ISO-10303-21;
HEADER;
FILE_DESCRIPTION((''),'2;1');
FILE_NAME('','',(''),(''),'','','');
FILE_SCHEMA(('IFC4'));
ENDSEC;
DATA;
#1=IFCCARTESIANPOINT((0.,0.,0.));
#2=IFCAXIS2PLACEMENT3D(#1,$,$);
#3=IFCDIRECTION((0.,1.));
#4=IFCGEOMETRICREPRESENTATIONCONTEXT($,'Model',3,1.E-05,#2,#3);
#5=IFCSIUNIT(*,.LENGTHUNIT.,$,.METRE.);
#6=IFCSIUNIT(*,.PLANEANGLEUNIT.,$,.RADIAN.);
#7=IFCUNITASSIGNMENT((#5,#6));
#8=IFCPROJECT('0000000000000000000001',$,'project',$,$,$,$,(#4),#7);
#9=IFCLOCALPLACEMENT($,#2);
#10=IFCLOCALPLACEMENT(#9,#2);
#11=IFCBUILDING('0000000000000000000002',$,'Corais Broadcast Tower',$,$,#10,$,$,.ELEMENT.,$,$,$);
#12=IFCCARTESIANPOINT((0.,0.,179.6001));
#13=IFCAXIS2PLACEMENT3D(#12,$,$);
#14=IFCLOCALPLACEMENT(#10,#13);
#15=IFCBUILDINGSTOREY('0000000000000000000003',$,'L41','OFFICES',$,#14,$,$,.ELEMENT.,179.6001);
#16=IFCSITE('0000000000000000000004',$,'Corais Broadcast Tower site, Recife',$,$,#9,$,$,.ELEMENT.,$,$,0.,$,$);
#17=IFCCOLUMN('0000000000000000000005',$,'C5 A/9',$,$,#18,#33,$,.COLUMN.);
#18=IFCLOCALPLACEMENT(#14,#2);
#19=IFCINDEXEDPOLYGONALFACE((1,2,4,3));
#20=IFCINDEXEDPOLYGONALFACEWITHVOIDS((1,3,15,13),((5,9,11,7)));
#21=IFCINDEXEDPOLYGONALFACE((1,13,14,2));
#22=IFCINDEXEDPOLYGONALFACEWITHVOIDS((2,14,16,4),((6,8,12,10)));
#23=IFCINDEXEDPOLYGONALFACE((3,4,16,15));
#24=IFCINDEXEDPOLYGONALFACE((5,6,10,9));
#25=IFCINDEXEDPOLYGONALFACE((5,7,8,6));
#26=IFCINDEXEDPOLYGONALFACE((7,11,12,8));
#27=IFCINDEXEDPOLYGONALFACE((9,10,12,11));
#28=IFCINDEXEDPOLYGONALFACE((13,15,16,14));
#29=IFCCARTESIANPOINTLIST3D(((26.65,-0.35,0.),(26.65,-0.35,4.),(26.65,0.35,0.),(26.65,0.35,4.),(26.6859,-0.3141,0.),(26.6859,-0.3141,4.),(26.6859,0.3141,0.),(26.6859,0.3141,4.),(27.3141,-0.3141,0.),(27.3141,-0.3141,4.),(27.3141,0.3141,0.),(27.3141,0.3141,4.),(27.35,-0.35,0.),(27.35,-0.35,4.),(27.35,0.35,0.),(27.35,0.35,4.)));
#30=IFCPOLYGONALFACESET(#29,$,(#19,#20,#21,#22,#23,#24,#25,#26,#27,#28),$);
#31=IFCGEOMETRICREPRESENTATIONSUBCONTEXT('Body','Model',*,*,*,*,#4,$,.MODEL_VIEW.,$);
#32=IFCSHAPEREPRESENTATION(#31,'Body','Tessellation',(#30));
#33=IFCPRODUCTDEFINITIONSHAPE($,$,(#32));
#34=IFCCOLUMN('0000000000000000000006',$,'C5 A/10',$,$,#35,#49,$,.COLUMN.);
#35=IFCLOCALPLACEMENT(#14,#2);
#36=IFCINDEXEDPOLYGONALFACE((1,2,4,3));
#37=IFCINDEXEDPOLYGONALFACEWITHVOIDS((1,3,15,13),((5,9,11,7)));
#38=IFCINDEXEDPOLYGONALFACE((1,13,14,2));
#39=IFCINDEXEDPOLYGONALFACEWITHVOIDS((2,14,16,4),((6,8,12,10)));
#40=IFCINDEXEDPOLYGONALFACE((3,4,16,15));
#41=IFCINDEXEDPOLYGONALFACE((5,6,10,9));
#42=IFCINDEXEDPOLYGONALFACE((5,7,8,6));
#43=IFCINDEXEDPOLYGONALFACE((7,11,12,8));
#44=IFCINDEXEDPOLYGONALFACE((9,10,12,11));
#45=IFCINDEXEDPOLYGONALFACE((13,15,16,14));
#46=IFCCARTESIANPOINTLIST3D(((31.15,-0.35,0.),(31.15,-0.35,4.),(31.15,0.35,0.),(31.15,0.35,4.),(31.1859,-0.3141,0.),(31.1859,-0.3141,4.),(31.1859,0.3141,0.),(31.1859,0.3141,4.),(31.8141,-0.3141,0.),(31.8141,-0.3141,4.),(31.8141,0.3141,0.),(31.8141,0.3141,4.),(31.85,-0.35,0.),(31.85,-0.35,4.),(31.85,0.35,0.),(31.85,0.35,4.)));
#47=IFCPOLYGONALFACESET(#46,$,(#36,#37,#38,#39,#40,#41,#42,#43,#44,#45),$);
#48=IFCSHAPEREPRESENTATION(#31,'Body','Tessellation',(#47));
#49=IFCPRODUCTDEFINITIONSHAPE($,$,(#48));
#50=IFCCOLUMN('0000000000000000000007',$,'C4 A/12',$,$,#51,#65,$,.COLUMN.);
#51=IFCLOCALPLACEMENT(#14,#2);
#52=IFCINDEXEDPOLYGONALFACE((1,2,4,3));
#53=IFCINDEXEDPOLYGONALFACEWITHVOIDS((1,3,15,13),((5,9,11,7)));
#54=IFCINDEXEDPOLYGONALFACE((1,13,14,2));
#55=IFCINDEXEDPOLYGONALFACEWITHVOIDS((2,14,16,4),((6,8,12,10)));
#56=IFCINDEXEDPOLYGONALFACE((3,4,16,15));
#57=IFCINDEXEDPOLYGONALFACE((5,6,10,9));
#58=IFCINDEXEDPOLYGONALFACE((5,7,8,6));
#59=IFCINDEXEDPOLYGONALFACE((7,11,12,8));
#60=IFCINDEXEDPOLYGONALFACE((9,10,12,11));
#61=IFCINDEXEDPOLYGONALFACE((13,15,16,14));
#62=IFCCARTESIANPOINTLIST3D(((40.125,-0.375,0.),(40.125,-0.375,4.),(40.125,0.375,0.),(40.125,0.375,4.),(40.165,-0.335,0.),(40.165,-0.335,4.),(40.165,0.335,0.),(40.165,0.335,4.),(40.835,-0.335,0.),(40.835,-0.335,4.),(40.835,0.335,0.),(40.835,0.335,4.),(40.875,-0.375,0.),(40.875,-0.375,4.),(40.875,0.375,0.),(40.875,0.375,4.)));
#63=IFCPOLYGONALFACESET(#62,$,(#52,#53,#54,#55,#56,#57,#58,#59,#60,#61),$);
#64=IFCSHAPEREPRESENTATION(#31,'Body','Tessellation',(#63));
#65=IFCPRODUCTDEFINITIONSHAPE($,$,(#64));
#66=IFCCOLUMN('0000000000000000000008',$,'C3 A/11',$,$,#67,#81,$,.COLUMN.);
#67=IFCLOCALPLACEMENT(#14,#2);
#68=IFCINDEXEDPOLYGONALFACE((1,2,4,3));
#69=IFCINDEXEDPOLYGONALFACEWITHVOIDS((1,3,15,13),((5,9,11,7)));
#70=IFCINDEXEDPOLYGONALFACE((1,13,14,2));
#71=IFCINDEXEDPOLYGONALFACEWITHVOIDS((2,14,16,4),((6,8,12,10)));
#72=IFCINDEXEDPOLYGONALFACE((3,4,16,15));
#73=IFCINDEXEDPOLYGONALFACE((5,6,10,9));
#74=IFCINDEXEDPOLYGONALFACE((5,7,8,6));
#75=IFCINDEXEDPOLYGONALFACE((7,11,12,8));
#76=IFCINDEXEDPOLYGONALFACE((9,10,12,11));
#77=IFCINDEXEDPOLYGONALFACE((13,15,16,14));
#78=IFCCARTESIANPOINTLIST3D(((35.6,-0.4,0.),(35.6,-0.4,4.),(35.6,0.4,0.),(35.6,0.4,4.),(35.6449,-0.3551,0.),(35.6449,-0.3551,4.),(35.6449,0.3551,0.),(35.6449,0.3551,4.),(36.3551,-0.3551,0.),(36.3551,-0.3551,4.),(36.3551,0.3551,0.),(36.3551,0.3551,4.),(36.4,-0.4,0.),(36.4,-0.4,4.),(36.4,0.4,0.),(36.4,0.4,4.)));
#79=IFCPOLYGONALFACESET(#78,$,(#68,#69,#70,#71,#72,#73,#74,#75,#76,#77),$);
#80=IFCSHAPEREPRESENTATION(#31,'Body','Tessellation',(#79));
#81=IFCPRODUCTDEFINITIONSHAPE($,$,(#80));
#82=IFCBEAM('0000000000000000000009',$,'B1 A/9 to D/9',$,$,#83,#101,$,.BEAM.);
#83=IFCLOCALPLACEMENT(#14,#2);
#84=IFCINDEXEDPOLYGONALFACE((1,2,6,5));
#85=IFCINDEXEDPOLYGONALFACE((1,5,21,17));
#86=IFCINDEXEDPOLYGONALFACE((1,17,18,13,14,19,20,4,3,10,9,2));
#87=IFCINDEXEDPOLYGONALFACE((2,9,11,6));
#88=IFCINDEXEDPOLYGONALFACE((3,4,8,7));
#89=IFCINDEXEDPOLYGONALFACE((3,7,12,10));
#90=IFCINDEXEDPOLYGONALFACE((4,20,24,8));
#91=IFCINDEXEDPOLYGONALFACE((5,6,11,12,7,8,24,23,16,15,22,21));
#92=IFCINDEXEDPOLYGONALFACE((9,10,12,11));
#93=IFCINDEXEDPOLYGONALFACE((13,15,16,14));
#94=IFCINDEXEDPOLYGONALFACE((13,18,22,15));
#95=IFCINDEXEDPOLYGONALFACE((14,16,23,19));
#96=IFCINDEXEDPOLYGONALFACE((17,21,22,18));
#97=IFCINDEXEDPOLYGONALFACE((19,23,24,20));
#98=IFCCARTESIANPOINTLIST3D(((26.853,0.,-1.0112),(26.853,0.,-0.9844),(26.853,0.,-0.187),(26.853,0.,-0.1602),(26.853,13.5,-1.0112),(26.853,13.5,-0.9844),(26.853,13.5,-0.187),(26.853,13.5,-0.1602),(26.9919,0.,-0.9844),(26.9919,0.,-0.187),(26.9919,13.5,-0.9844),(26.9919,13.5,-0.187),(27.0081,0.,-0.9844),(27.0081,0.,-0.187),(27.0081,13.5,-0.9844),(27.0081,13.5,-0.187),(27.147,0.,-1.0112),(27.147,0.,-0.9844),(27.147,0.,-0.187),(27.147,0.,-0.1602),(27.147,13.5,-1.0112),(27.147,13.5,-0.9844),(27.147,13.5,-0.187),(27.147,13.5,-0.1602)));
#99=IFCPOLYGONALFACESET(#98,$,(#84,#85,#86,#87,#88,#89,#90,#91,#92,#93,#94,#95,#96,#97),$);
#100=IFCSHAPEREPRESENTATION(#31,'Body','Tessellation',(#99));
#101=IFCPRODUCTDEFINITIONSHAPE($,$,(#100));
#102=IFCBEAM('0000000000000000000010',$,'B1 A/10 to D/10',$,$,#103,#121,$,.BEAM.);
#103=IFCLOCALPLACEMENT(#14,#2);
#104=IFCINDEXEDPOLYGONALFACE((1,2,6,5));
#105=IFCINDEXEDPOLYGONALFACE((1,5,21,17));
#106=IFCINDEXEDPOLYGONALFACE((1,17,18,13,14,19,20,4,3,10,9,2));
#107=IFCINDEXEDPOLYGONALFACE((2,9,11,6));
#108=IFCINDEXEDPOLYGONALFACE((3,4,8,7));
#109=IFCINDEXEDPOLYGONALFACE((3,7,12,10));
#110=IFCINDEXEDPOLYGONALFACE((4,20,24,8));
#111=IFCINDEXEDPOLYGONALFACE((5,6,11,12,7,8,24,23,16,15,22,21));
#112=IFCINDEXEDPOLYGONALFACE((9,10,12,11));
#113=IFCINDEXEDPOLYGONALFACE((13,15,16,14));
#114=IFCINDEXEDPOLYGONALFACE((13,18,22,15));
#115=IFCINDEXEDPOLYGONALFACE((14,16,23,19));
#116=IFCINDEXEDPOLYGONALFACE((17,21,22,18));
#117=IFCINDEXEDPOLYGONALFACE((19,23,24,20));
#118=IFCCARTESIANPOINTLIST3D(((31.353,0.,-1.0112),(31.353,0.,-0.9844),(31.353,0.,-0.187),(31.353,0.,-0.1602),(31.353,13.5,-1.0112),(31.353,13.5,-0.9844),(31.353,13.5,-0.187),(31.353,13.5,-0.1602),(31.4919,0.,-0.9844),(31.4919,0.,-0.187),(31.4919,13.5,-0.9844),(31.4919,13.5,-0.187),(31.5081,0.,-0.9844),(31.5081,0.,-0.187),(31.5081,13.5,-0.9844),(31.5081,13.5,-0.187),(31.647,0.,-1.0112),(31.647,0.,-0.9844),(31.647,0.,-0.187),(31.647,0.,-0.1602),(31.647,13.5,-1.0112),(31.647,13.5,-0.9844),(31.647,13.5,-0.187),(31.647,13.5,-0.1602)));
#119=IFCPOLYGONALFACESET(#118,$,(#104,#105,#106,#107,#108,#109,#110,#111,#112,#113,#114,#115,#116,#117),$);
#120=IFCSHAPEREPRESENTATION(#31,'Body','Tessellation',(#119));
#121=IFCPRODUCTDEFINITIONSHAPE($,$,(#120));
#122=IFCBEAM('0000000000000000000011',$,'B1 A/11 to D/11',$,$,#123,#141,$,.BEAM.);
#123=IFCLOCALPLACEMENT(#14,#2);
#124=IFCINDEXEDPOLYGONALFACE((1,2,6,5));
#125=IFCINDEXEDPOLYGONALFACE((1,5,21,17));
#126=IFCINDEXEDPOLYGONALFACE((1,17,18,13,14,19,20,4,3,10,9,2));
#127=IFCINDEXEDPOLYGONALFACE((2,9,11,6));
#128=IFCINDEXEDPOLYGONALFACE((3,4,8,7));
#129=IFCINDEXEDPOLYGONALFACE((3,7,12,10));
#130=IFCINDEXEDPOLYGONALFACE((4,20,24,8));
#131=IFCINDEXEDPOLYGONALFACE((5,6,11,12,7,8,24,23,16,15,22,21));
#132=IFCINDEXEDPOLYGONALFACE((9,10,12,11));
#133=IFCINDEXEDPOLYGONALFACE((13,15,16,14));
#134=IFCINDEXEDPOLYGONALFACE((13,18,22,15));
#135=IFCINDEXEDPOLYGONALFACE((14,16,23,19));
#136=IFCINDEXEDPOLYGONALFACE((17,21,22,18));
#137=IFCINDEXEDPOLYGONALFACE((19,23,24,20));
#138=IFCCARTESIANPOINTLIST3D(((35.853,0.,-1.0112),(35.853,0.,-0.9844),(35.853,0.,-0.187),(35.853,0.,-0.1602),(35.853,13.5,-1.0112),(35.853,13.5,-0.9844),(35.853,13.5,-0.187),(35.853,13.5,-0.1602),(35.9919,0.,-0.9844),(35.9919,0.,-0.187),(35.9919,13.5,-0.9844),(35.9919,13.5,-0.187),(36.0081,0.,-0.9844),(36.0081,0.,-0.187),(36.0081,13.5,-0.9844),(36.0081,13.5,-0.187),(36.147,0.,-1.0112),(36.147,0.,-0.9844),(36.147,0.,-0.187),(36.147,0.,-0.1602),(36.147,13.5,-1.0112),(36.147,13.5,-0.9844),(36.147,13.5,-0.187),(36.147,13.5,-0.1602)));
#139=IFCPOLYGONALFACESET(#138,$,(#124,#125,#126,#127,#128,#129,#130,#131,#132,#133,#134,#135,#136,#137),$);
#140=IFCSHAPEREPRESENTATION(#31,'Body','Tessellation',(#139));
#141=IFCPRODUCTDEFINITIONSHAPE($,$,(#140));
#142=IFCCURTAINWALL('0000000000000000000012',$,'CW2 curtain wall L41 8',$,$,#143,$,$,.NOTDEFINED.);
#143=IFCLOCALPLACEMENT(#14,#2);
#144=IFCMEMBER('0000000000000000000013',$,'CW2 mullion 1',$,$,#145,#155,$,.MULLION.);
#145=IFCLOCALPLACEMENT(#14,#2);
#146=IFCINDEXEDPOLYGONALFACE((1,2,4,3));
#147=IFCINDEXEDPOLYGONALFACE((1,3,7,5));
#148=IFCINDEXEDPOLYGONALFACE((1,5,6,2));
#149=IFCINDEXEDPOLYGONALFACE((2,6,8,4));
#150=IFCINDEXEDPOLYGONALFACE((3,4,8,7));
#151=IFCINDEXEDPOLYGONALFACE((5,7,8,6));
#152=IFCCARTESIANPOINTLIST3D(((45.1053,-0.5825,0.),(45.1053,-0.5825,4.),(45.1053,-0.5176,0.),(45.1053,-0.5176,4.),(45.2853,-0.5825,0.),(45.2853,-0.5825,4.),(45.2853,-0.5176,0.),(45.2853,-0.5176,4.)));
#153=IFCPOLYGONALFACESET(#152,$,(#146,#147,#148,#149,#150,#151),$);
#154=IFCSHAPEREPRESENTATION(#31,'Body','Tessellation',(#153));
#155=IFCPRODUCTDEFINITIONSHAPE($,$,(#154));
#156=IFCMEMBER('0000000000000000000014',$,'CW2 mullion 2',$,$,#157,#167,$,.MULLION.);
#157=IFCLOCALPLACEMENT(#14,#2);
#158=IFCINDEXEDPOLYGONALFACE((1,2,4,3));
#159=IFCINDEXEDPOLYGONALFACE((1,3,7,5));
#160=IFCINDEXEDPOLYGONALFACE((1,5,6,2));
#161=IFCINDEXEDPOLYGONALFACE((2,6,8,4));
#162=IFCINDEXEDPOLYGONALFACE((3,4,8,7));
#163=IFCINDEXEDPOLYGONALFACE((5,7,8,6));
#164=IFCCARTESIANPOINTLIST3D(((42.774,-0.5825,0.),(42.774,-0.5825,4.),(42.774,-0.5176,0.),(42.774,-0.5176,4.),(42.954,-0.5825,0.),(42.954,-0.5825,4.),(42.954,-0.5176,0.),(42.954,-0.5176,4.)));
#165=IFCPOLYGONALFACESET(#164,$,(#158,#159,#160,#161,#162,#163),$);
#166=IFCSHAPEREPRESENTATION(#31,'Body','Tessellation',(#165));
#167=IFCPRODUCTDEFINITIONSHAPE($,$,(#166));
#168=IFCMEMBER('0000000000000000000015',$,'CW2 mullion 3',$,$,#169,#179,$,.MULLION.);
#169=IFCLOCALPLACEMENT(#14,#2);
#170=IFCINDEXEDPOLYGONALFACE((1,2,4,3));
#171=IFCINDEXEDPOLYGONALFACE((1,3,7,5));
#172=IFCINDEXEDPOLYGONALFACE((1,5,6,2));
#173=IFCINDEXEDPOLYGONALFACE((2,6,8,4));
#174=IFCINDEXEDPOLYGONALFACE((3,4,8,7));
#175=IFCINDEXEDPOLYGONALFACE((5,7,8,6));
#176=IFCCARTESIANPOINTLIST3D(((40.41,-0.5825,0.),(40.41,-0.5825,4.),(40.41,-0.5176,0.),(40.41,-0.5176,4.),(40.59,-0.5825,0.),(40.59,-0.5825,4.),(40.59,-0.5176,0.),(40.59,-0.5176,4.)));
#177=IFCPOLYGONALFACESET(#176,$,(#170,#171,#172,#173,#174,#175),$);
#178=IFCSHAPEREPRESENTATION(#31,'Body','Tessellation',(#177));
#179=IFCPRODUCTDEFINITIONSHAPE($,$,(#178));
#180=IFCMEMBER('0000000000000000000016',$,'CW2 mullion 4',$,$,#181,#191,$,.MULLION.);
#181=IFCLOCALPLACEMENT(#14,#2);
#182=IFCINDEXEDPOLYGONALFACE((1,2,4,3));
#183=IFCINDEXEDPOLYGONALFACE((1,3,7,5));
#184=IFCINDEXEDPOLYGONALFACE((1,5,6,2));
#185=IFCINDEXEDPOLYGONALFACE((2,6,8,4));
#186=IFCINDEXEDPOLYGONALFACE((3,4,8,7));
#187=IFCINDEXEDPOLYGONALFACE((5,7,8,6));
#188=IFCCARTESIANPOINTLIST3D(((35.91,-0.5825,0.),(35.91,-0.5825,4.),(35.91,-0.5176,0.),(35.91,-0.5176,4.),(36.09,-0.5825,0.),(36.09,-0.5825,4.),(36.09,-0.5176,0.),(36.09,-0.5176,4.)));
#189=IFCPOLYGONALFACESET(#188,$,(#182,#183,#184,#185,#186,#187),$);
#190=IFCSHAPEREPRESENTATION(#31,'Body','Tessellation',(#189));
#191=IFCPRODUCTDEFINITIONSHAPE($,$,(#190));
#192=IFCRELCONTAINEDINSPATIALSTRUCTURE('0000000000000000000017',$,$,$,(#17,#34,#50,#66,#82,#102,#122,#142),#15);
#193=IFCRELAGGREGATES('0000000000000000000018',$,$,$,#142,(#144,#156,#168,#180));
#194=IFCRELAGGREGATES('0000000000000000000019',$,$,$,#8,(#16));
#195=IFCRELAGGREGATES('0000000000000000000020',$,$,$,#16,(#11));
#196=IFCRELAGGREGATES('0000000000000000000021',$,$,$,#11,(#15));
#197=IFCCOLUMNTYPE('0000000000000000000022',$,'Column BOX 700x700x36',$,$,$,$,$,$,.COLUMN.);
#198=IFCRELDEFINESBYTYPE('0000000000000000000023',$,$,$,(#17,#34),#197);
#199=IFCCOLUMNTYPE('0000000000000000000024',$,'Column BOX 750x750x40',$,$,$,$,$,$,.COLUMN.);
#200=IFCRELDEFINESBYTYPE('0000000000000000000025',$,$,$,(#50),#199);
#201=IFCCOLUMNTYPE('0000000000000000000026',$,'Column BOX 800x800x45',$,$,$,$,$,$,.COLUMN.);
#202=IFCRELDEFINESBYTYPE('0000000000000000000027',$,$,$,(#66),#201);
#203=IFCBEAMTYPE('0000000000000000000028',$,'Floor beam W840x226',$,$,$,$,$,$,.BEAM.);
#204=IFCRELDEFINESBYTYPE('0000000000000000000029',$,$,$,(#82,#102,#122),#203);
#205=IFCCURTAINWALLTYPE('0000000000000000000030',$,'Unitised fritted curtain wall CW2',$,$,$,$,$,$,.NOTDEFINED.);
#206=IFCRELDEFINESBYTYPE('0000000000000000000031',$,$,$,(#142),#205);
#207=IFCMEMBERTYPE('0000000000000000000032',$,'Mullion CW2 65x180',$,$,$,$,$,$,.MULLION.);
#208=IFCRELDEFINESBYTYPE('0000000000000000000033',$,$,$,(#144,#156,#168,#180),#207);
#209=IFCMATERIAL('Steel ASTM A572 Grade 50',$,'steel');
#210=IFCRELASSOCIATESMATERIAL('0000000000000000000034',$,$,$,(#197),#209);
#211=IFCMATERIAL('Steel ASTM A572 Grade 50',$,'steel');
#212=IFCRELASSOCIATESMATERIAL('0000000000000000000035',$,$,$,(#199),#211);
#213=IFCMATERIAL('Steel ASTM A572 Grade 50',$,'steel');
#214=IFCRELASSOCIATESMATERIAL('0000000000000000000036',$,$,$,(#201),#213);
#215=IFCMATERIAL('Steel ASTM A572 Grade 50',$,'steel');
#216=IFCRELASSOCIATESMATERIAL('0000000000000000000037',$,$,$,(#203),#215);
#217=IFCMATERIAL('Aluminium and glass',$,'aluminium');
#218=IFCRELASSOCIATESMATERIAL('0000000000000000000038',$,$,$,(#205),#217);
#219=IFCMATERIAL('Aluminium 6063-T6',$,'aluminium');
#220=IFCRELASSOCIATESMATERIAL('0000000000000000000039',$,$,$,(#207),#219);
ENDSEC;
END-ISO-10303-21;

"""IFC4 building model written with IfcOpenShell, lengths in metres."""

from ifc_helpers import new_model, si_unit, direction, frame, origin, origin_2d, place, context, subcontext, project, spatial, rectangle, hollow_rectangle, i_section, extrude, material, material_profile, profile_set, type_object, element, aggregate, save


model = new_model("IFC4")

# Units and contexts
model_context = context("Model", 3, precision=1e-05, world=origin(), true_north=direction((0.0, 1.0)))
body_context = subcontext(model_context, "Body", "Model", "MODEL_VIEW")
ifc_project = project(units=[si_unit("LENGTHUNIT", "METRE"), si_unit("PLANEANGLEUNIT", "RADIAN")], contexts=[model_context])

# Site, building, storey
site_placement = place(None, origin())
site = spatial("IfcSite", under=ifc_project, at=site_placement, Name="Corais Broadcast Tower site, Recife", CompositionType="ELEMENT", RefElevation=0.0)
building_placement = place(site_placement, origin())
building = spatial("IfcBuilding", under=site, at=building_placement, Name="Corais Broadcast Tower", CompositionType="ELEMENT")
storey_placement = place(building_placement, frame((0.0, 0.0, 179.6001)))
storey = spatial("IfcBuildingStorey", under=building, at=storey_placement, Name="L41", Description="OFFICES", CompositionType="ELEMENT", Elevation=179.6001)

# Columns
ifc_material_1 = material(Name="Steel ASTM A572 Grade 50", Category="steel")
ifc_material_profile_1 = material_profile(ifc_material_1, hollow_rectangle(XDim=0.7, YDim=0.7, WallThickness=0.0359, at=origin_2d()), Name="BOX 700x700x36")
ifc_profile_set_1 = profile_set([ifc_material_profile_1], Name="Steel ASTM A572 Grade 50")
column_type_1 = type_object("IfcColumnType", Name="Column BOX 700x700x36", PredefinedType="COLUMN", material=ifc_profile_set_1)
for number, where, z_axis, x_axis, name in (
    (1, (27.0, 0.0, 0.0), (0.0, 0.0, 1.0), (1.0, 0.0, 0.0), "C5 A/9"),
    (2, (31.5, 0.0, 0.0), (0.0, 0.0, 1.0), (1.0, 0.0, 0.0), "C5 A/10"),
):
    element("IfcColumn", number, at=place(storey_placement, frame(where, z_axis=z_axis, x_axis=x_axis)), inside=storey, type_object=column_type_1, Name=name, PredefinedType="COLUMN", context=body_context, shape_type="SweptSolid", body=[
        extrude(hollow_rectangle(XDim=0.7, YDim=0.7, WallThickness=0.0359, at=origin_2d()), origin(), (0.0, 0.0, 1.0), 4.0),
    ])
ifc_material_2 = material(Name="Steel ASTM A572 Grade 50", Category="steel")
ifc_material_profile_2 = material_profile(ifc_material_2, hollow_rectangle(XDim=0.75, YDim=0.75, WallThickness=0.04, at=origin_2d()), Name="BOX 750x750x40")
ifc_profile_set_2 = profile_set([ifc_material_profile_2], Name="Steel ASTM A572 Grade 50")
column_type_2 = type_object("IfcColumnType", Name="Column BOX 750x750x40", PredefinedType="COLUMN", material=ifc_profile_set_2)
column_1_placement = place(storey_placement, frame((40.5, 0.0, 0.0), z_axis=(0.0, 0.0, 1.0), x_axis=(1.0, 0.0, 0.0)))
element("IfcColumn", 3, at=column_1_placement, inside=storey, type_object=column_type_2, Name="C4 A/12", PredefinedType="COLUMN", context=body_context, shape_type="SweptSolid", body=[
    extrude(hollow_rectangle(XDim=0.75, YDim=0.75, WallThickness=0.04, at=origin_2d()), origin(), (0.0, 0.0, 1.0), 4.0),
])
ifc_material_3 = material(Name="Steel ASTM A572 Grade 50", Category="steel")
ifc_material_profile_3 = material_profile(ifc_material_3, hollow_rectangle(XDim=0.8, YDim=0.8, WallThickness=0.0449, at=origin_2d()), Name="BOX 800x800x45")
ifc_profile_set_3 = profile_set([ifc_material_profile_3], Name="Steel ASTM A572 Grade 50")
column_type_3 = type_object("IfcColumnType", Name="Column BOX 800x800x45", PredefinedType="COLUMN", material=ifc_profile_set_3)
column_2_placement = place(storey_placement, frame((36.0, 0.0, 0.0), z_axis=(0.0, 0.0, 1.0), x_axis=(1.0, 0.0, 0.0)))
element("IfcColumn", 4, at=column_2_placement, inside=storey, type_object=column_type_3, Name="C3 A/11", PredefinedType="COLUMN", context=body_context, shape_type="SweptSolid", body=[
    extrude(hollow_rectangle(XDim=0.8, YDim=0.8, WallThickness=0.0449, at=origin_2d()), origin(), (0.0, 0.0, 1.0), 4.0),
])

# Beams
ifc_material_4 = material(Name="Steel ASTM A572 Grade 50", Category="steel")
ifc_material_profile_4 = material_profile(ifc_material_4, i_section(OverallWidth=0.2939, OverallDepth=0.8511, WebThickness=0.0161, FlangeThickness=0.0269, at=origin_2d()), Name="W840x226")
ifc_profile_set_4 = profile_set([ifc_material_profile_4], Name="Steel ASTM A572 Grade 50")
beam_type_1 = type_object("IfcBeamType", Name="Floor beam W840x226", PredefinedType="BEAM", material=ifc_profile_set_4)
for number, where, z_axis, x_axis, name in (
    (5, (27.0, 0.0, -0.5857), (0.0, 1.0, 0.0), (-1.0, 0.0, 0.0), "B1 A/9 to D/9"),
    (6, (31.5, 0.0, -0.5857), (0.0, 1.0, 0.0), (-1.0, 0.0, 0.0), "B1 A/10 to D/10"),
    (7, (36.0, 0.0, -0.5857), (0.0, 1.0, 0.0), (-1.0, 0.0, 0.0), "B1 A/11 to D/11"),
):
    element("IfcBeam", number, at=place(storey_placement, frame(where, z_axis=z_axis, x_axis=x_axis)), inside=storey, type_object=beam_type_1, Name=name, PredefinedType="BEAM", context=body_context, shape_type="SweptSolid", body=[
        extrude(i_section(OverallWidth=0.2939, OverallDepth=0.8511, WebThickness=0.0161, FlangeThickness=0.0269, at=origin_2d()), origin(), (0.0, 0.0, 1.0), 13.5),
    ])

# Curtain wall, members
ifc_material_5 = material(Name="Aluminium and glass", Category="aluminium")
curtain_wall_type = type_object("IfcCurtainWallType", Name="Unitised fritted curtain wall CW2", PredefinedType="NOTDEFINED", material=ifc_material_5)
curtain_wall_placement = place(storey_placement, origin())
curtain_wall = element("IfcCurtainWall", 8, at=curtain_wall_placement, inside=storey, type_object=curtain_wall_type, Name="CW2 curtain wall L41 8", PredefinedType="NOTDEFINED")
ifc_material_6 = material(Name="Aluminium 6063-T6", Category="aluminium")
ifc_material_profile_5 = material_profile(ifc_material_6, rectangle(XDim=0.0649, YDim=0.1799, at=origin_2d()), Name="Mullion CW2 65x180")
ifc_profile_set_5 = profile_set([ifc_material_profile_5], Name="Aluminium 6063-T6")
member_type_1 = type_object("IfcMemberType", Name="Mullion CW2 65x180", PredefinedType="MULLION", material=ifc_profile_set_5)
member_1_placement = place(storey_placement, frame((45.1953, -0.55, 0.0), z_axis=(0.0, 0.0, 1.0), x_axis=(0.0, -1.0, 0.0)))
member_1 = element("IfcMember", 9, at=member_1_placement, type_object=member_type_1, Name="CW2 mullion 1", PredefinedType="MULLION", context=body_context, shape_type="SweptSolid", body=[
    extrude(rectangle(XDim=0.0649, YDim=0.1799, at=origin_2d()), origin(), (0.0, 0.0, 1.0), 4.0),
])
member_2_placement = place(storey_placement, frame((42.864, -0.55, 0.0), z_axis=(0.0, 0.0, 1.0), x_axis=(0.0, -1.0, 0.0)))
member_2 = element("IfcMember", 10, at=member_2_placement, type_object=member_type_1, Name="CW2 mullion 2", PredefinedType="MULLION", context=body_context, shape_type="SweptSolid", body=[
    extrude(rectangle(XDim=0.0649, YDim=0.1799, at=origin_2d()), origin(), (0.0, 0.0, 1.0), 4.0),
])
member_3_placement = place(storey_placement, frame((40.5, -0.55, 0.0), z_axis=(0.0, 0.0, 1.0), x_axis=(0.0, -1.0, 0.0)))
member_3 = element("IfcMember", 11, at=member_3_placement, type_object=member_type_1, Name="CW2 mullion 3", PredefinedType="MULLION", context=body_context, shape_type="SweptSolid", body=[
    extrude(rectangle(XDim=0.0649, YDim=0.1799, at=origin_2d()), origin(), (0.0, 0.0, 1.0), 4.0),
])
member_4_placement = place(storey_placement, frame((36.0, -0.55, 0.0), z_axis=(0.0, 0.0, 1.0), x_axis=(0.0, -1.0, 0.0)))
member_4 = element("IfcMember", 12, at=member_4_placement, type_object=member_type_1, Name="CW2 mullion 4", PredefinedType="MULLION", context=body_context, shape_type="SweptSolid", body=[
    extrude(rectangle(XDim=0.0649, YDim=0.1799, at=origin_2d()), origin(), (0.0, 0.0, 1.0), 4.0),
])

aggregate(curtain_wall, [member_1, member_2, member_3, member_4])

save(model, "model.ifc")
